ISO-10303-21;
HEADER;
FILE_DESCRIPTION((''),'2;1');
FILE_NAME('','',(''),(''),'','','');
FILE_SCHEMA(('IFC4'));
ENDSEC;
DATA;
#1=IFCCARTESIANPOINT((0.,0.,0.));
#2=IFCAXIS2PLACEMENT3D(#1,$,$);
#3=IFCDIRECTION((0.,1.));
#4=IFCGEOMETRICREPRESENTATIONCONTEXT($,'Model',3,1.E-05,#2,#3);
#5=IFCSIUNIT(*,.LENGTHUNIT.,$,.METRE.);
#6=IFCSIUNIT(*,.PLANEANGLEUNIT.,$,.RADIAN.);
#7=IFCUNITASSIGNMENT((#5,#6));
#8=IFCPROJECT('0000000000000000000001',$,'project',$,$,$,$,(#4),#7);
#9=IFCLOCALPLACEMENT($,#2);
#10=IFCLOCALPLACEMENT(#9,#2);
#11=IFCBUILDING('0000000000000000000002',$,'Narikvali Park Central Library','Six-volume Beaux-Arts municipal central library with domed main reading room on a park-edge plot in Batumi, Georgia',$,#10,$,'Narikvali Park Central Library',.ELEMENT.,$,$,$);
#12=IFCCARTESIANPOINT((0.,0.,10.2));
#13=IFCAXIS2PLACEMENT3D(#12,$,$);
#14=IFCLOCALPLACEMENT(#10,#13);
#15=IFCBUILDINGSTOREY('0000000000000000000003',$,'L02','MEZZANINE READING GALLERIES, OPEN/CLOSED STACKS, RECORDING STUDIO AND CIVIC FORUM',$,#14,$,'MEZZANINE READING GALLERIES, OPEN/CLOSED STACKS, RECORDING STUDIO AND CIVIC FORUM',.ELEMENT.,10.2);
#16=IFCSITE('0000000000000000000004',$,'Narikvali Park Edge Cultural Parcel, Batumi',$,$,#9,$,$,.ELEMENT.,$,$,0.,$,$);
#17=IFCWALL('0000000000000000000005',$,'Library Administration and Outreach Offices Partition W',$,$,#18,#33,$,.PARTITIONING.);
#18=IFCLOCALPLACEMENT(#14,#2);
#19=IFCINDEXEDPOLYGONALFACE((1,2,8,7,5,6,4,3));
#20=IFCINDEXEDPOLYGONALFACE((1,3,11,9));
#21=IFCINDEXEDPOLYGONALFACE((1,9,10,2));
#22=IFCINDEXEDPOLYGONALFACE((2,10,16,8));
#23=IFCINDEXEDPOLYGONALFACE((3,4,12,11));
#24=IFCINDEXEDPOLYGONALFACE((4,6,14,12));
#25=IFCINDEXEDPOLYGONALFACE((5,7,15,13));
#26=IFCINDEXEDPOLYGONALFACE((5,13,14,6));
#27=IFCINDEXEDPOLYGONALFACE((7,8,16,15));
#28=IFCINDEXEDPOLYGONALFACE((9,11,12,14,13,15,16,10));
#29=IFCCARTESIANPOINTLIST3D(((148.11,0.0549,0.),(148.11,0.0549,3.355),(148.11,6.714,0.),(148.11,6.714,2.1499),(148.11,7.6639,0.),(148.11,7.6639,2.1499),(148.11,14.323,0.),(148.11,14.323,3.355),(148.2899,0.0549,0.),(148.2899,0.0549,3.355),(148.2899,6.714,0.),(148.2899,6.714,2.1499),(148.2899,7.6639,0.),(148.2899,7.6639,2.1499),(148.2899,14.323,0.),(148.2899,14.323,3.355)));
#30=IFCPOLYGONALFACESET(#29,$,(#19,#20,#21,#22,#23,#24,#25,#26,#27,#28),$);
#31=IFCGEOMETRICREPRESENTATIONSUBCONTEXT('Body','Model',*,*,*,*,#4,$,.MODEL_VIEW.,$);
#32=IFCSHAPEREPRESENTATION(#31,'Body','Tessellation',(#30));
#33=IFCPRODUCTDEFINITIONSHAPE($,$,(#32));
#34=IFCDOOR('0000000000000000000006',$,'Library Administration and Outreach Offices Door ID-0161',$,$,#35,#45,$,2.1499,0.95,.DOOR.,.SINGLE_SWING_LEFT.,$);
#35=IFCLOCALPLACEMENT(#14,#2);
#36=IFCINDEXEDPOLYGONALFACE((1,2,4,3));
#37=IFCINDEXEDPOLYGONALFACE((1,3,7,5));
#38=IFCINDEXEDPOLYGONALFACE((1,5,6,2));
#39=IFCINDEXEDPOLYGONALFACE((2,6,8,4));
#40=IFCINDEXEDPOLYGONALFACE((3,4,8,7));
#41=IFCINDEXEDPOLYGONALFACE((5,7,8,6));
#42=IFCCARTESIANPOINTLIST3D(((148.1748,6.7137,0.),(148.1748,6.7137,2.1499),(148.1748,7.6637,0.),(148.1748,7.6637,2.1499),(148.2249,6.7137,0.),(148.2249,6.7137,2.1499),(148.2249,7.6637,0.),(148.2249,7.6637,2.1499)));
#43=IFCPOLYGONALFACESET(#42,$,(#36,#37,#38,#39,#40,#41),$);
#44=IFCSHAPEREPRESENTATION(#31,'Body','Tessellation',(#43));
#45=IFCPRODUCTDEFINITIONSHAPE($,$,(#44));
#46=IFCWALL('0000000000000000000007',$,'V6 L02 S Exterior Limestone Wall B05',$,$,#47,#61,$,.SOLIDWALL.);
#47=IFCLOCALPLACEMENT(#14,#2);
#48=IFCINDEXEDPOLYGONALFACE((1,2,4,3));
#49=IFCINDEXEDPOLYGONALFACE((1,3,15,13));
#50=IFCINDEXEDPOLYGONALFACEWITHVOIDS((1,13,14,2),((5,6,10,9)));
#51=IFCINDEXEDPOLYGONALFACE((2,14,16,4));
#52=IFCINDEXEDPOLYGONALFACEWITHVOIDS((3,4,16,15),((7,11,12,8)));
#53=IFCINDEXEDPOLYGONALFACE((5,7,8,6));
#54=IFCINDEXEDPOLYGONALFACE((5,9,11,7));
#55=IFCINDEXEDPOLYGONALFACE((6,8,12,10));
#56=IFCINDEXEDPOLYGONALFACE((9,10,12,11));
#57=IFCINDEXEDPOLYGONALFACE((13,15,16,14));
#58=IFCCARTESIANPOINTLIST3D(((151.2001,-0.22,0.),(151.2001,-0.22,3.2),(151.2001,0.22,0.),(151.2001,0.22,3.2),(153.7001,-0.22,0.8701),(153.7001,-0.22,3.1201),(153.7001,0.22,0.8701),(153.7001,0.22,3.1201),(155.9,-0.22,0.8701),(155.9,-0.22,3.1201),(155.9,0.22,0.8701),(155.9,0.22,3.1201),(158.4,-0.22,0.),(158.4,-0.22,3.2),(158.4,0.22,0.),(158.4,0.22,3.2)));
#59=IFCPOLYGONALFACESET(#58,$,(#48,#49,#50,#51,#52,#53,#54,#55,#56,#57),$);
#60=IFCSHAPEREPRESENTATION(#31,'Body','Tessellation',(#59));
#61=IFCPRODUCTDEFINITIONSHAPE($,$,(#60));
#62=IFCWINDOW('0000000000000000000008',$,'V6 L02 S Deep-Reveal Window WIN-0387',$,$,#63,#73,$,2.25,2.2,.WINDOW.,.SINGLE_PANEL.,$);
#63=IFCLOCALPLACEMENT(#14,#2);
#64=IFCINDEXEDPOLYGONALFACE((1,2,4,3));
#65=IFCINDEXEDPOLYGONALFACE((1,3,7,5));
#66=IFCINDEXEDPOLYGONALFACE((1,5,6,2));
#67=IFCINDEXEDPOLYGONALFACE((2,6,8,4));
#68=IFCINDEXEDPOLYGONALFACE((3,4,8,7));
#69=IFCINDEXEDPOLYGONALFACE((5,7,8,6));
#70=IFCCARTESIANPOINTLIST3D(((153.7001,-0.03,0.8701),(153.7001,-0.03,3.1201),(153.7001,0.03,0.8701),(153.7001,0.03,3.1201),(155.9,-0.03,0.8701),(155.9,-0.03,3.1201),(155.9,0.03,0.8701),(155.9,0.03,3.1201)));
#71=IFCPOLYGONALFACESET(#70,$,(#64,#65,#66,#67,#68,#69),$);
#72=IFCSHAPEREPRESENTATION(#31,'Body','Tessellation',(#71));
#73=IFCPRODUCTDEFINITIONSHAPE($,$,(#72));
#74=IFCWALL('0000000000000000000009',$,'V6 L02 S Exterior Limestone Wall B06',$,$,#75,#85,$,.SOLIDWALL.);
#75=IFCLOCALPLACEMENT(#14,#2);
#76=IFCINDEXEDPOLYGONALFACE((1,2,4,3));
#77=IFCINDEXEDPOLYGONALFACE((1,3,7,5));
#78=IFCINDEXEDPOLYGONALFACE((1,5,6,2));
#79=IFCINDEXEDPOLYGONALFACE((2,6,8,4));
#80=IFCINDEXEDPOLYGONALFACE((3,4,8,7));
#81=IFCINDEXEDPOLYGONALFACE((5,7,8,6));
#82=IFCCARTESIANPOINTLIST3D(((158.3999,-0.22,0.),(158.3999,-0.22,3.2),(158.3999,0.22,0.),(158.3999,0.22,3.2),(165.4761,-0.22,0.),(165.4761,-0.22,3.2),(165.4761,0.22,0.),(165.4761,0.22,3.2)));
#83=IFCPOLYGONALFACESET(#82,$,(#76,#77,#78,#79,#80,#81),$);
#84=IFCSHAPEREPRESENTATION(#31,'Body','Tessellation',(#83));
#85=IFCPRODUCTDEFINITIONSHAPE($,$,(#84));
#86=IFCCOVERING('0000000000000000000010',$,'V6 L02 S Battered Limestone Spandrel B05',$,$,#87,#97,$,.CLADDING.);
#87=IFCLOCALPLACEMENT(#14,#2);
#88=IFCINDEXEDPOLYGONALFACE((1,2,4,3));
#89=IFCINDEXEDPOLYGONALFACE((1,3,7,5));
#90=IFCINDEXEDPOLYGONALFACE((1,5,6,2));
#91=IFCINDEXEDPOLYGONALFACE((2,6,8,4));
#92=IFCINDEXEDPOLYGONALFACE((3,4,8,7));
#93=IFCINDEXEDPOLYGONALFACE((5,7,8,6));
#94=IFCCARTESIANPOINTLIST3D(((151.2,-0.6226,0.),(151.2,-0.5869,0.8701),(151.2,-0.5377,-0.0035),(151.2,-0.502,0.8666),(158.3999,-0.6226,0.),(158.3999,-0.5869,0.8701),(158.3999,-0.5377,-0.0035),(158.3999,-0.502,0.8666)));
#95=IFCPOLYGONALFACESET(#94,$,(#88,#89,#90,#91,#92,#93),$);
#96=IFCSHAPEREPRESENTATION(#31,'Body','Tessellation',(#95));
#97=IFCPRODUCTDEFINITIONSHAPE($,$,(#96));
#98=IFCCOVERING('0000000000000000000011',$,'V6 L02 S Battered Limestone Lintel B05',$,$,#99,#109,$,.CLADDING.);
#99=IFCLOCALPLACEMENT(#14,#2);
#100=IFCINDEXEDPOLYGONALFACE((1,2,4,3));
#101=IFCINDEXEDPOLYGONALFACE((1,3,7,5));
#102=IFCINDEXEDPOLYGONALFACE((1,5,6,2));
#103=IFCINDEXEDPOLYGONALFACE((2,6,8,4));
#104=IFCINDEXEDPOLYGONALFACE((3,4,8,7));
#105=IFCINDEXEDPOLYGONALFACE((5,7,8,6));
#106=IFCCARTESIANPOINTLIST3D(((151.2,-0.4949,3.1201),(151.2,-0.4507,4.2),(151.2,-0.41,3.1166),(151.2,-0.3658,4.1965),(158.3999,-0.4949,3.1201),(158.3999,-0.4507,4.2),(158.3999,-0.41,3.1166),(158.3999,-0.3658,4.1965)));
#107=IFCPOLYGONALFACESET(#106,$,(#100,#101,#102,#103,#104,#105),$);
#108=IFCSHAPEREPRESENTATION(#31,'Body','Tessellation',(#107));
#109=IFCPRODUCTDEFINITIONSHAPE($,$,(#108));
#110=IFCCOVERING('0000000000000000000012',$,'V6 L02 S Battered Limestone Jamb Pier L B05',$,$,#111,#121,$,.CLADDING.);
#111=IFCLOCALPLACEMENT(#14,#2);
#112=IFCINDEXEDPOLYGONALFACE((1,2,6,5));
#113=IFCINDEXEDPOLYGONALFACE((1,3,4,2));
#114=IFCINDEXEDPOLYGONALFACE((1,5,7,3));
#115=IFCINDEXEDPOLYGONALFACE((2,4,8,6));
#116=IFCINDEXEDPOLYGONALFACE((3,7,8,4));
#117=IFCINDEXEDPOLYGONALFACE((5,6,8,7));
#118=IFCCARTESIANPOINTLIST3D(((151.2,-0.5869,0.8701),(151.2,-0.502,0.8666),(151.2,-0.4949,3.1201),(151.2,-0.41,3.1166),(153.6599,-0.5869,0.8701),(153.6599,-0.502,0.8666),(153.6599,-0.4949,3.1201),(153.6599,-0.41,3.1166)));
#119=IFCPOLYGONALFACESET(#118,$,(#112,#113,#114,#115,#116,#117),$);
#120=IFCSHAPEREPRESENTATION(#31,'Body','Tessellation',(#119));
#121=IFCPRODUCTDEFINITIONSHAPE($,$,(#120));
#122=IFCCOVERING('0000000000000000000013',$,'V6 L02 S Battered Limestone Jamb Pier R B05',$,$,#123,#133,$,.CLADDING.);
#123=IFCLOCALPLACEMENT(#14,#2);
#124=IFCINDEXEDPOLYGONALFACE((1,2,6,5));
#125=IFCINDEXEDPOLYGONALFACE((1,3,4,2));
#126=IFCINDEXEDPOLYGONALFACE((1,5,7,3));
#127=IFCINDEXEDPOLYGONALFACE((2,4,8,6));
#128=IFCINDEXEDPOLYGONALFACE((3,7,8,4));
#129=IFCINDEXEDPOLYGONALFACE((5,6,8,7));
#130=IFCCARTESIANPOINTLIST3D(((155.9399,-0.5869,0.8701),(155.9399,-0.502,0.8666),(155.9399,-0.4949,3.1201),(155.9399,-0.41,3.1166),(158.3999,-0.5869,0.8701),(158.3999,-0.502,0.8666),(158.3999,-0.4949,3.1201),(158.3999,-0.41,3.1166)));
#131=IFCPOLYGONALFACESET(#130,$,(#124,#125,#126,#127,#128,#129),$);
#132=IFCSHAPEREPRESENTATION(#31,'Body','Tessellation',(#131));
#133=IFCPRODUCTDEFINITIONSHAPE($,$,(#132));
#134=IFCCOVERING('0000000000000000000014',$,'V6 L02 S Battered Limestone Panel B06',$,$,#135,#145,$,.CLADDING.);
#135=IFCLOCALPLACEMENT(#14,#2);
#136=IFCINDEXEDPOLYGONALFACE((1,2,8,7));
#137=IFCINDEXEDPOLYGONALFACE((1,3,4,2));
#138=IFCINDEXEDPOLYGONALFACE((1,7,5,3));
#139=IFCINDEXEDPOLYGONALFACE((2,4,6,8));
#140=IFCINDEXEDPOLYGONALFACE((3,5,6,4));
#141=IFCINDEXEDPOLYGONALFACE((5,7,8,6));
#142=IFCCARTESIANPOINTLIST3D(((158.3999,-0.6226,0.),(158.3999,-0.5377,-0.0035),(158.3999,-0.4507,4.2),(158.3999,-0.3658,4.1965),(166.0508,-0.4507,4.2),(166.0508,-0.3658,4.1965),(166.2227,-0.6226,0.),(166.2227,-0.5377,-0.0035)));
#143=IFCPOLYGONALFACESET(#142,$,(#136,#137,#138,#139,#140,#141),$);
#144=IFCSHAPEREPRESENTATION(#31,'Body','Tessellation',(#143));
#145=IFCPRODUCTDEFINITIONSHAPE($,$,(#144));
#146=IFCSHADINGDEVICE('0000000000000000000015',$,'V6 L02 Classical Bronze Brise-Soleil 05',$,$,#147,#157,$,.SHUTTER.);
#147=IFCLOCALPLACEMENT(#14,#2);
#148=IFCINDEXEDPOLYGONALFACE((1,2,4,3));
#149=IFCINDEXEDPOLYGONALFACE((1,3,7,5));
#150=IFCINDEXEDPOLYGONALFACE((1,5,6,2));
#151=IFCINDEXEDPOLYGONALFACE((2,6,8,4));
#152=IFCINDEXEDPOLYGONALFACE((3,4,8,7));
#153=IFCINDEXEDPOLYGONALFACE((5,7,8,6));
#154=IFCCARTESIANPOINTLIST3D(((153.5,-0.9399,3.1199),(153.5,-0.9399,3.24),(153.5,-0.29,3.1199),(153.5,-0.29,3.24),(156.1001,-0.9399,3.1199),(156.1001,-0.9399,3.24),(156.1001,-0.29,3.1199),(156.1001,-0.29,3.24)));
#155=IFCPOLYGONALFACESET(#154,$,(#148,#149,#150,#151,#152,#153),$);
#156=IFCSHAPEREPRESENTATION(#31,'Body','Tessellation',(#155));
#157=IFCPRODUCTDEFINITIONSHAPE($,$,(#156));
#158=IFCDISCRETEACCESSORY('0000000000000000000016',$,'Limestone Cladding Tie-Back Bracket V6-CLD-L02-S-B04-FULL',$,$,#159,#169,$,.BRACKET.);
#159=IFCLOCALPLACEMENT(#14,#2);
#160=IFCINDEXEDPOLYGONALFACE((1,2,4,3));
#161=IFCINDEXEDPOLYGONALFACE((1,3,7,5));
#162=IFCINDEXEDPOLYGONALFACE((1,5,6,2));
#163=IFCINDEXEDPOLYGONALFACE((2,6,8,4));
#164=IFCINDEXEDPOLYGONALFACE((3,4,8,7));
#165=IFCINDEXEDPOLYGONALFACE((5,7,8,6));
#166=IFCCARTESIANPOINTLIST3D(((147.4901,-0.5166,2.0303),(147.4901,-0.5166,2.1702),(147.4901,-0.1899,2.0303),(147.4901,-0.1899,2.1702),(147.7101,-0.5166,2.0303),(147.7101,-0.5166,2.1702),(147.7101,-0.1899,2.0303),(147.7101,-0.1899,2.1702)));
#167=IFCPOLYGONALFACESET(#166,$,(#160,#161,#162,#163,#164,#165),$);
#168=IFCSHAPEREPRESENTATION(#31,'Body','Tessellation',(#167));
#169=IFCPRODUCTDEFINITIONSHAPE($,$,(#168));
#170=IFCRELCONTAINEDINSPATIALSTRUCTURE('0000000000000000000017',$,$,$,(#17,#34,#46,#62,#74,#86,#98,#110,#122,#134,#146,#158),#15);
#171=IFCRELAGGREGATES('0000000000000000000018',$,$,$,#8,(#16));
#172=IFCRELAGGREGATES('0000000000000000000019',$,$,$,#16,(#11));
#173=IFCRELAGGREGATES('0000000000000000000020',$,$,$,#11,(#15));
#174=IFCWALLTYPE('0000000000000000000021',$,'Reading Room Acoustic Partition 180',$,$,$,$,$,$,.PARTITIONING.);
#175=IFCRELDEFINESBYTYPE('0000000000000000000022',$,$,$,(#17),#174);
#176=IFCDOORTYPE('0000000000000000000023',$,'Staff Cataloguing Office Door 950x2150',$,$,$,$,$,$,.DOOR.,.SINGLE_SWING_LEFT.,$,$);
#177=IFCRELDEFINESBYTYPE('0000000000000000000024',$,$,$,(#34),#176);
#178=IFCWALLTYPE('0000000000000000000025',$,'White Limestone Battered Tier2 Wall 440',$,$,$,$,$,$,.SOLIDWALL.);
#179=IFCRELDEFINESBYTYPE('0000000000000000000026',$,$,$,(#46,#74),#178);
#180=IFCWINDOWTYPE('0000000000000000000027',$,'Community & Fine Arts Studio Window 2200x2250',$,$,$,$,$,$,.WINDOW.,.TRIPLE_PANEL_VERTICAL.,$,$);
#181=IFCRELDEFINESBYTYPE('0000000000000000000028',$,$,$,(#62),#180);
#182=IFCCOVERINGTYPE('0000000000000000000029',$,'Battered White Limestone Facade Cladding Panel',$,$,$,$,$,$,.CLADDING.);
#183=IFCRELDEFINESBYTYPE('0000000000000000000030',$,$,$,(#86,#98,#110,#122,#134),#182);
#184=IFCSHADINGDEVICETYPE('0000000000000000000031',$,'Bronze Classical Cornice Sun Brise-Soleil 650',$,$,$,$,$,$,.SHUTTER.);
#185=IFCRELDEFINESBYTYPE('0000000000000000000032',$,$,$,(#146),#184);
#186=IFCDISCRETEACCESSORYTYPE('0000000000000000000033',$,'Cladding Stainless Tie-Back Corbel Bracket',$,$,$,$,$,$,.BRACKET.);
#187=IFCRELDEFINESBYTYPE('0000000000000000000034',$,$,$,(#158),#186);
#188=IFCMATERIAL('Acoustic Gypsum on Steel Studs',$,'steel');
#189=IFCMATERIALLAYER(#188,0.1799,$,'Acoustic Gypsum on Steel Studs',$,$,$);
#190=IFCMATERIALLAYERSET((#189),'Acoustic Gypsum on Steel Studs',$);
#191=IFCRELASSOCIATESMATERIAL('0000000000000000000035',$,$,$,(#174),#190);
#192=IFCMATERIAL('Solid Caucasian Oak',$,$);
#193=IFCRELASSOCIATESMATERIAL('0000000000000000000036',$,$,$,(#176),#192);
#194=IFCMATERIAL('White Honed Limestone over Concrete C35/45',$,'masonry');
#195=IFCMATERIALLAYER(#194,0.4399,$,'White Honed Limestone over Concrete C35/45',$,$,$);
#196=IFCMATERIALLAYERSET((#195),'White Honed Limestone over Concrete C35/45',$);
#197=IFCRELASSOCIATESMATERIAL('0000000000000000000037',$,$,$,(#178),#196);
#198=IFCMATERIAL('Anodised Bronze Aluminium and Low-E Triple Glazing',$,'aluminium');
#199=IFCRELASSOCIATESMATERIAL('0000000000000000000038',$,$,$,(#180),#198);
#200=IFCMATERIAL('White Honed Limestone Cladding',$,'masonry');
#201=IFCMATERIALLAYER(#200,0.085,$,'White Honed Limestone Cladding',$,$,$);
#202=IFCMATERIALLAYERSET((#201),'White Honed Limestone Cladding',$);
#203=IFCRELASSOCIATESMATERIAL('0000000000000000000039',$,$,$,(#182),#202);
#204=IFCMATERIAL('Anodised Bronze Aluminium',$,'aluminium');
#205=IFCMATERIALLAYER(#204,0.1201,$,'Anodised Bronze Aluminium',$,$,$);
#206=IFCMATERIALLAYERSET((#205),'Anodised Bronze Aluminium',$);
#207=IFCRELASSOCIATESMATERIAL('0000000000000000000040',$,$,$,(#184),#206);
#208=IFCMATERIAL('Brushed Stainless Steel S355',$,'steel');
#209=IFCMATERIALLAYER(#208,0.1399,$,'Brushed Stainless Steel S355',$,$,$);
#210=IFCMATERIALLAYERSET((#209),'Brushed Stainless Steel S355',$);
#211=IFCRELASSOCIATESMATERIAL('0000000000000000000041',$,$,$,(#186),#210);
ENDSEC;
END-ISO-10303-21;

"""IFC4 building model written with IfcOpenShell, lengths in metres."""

from ifc_helpers import new_model, si_unit, direction, frame, frame_2d, origin, origin_2d, place, context, subcontext, project, spatial, polyline, rectangle, outline, extrude, material, layer, layer_set, type_object, element, fill, save


model = new_model("IFC4")

# Units and contexts
model_context = context("Model", 3, precision=1e-05, world=origin(), true_north=direction((0.0, 1.0)))
body_context = subcontext(model_context, "Body", "Model", "MODEL_VIEW")
ifc_project = project(units=[si_unit("LENGTHUNIT", "METRE"), si_unit("PLANEANGLEUNIT", "RADIAN")], contexts=[model_context])

# Site, building, storey
site_placement = place(None, origin())
site = spatial("IfcSite", under=ifc_project, at=site_placement, Name="Narikvali Park Edge Cultural Parcel, Batumi", CompositionType="ELEMENT", RefElevation=0.0)
building_placement = place(site_placement, origin())
building = spatial("IfcBuilding", under=site, at=building_placement, Name="Narikvali Park Central Library", Description="Six-volume Beaux-Arts municipal central library with domed main reading room on a park-edge plot in Batumi, Georgia", LongName="Narikvali Park Central Library", CompositionType="ELEMENT")
storey_placement = place(building_placement, frame((0.0, 0.0, 10.2)))
storey = spatial("IfcBuildingStorey", under=building, at=storey_placement, Name="L02", Description="MEZZANINE READING GALLERIES, OPEN/CLOSED STACKS, RECORDING STUDIO AND CIVIC FORUM", LongName="MEZZANINE READING GALLERIES, OPEN/CLOSED STACKS, RECORDING STUDIO AND CIVIC FORUM", CompositionType="ELEMENT", Elevation=10.2)

# Wall, opening, door
ifc_material_1 = material(Name="Acoustic Gypsum on Steel Studs", Category="steel")
ifc_layer_1 = layer(ifc_material_1, 0.1799, Name="Acoustic Gypsum on Steel Studs")
ifc_layer_set_1 = layer_set([ifc_layer_1], Name="Acoustic Gypsum on Steel Studs")
wall_type_1 = type_object("IfcWallType", Name="Reading Room Acoustic Partition 180", PredefinedType="PARTITIONING", material=ifc_layer_set_1)
wall_1_placement = place(storey_placement, frame((148.2, 0.0549, 0.0), z_axis=(0.0, 0.0, 1.0), x_axis=(0.0, 1.0, 0.0)))
wall_1 = element("IfcWall", 1, at=wall_1_placement, inside=storey, type_object=wall_type_1, Name="Library Administration and Outreach Offices Partition W", PredefinedType="PARTITIONING", context=body_context, shape_type="SweptSolid", body=[
    extrude(rectangle(XDim=14.2681, YDim=0.1799, at=frame_2d((7.134, 0.0))), origin(), (0.0, 0.0, 1.0), 3.355),
])
opening_1_placement = place(wall_1_placement, frame((6.6589, 0.0, 0.0)))
opening_1 = element("IfcOpeningElement", 2, at=opening_1_placement, cuts=wall_1, PredefinedType="OPENING", context=body_context, shape_type="SweptSolid", body=[
    extrude(rectangle(XDim=0.95, YDim=2.1499, at=frame_2d((0.4751, 1.075))), frame((0.0, 0.1021, 0.0), z_axis=(0.0, -1.0, 0.0), x_axis=(1.0, 0.0, 0.0)), (0.0, 0.0, 1.0), 0.2039),
])
ifc_material_2 = material(Name="Solid Caucasian Oak")
door_type = type_object("IfcDoorType", Name="Staff Cataloguing Office Door 950x2150", OperationType="SINGLE_SWING_LEFT", PredefinedType="DOOR", material=ifc_material_2)
door_placement = place(opening_1_placement, frame((0.95, 0.0, 0.0), z_axis=(0.0, 0.0, 1.0), x_axis=(-1.0, 0.0, 0.0)))
door = element("IfcDoor", 3, at=door_placement, inside=storey, type_object=door_type, Name="Library Administration and Outreach Offices Door ID-0161", OperationType="SINGLE_SWING_LEFT", OverallHeight=2.1499, OverallWidth=0.95, PredefinedType="DOOR", context=body_context, shape_type="SweptSolid", body=[
    extrude(rectangle(XDim=0.95, YDim=2.1499, at=frame_2d((0.4751, 1.075))), frame((0.0, 0.0249, 0.0), z_axis=(0.0, -1.0, 0.0), x_axis=(1.0, 0.0, 0.0)), (0.0, 0.0, 1.0), 0.05),
])
fill(opening_1, door)

# Wall, opening, window
ifc_material_3 = material(Name="White Honed Limestone over Concrete C35/45", Category="masonry")
ifc_layer_2 = layer(ifc_material_3, 0.4399, Name="White Honed Limestone over Concrete C35/45")
ifc_layer_set_2 = layer_set([ifc_layer_2], Name="White Honed Limestone over Concrete C35/45")
wall_type_2 = type_object("IfcWallType", Name="White Limestone Battered Tier2 Wall 440", PredefinedType="SOLIDWALL", material=ifc_layer_set_2)
wall_2_placement = place(storey_placement, frame((151.2, 0.0, 0.0), z_axis=(0.0, 0.0, 1.0), x_axis=(1.0, 0.0, 0.0)))
wall_2 = element("IfcWall", 4, at=wall_2_placement, inside=storey, type_object=wall_type_2, Name="V6 L02 S Exterior Limestone Wall B05", PredefinedType="SOLIDWALL", context=body_context, shape_type="SweptSolid", body=[
    extrude(rectangle(XDim=7.2, YDim=0.4399, at=frame_2d((3.6001, 0.0))), origin(), (0.0, 0.0, 1.0), 3.2),
])
opening_2_placement = place(wall_2_placement, frame((2.5, 0.0, 0.8701)))
opening_2 = element("IfcOpeningElement", 5, at=opening_2_placement, cuts=wall_2, PredefinedType="OPENING", context=body_context, shape_type="SweptSolid", body=[
    extrude(rectangle(XDim=2.2, YDim=2.25, at=frame_2d((1.1001, 1.125))), frame((0.0, 0.2319, 0.0), z_axis=(0.0, -1.0, 0.0), x_axis=(1.0, 0.0, 0.0)), (0.0, 0.0, 1.0), 0.4639),
])
ifc_material_4 = material(Name="Anodised Bronze Aluminium and Low-E Triple Glazing", Category="aluminium")
window_type = type_object("IfcWindowType", Name="Community & Fine Arts Studio Window 2200x2250", PartitioningType="TRIPLE_PANEL_VERTICAL", PredefinedType="WINDOW", material=ifc_material_4)
window_placement = place(opening_2_placement, origin())
window = element("IfcWindow", 6, at=window_placement, inside=storey, type_object=window_type, Name="V6 L02 S Deep-Reveal Window WIN-0387", OverallHeight=2.25, OverallWidth=2.2, PartitioningType="SINGLE_PANEL", PredefinedType="WINDOW", context=body_context, shape_type="SweptSolid", body=[
    extrude(rectangle(XDim=2.2, YDim=2.25, at=frame_2d((1.1001, 1.125))), frame((0.0, 0.03, 0.0), z_axis=(0.0, -1.0, 0.0), x_axis=(1.0, 0.0, 0.0)), (0.0, 0.0, 1.0), 0.0601),
])
fill(opening_2, window)

# Wall
wall_3_placement = place(storey_placement, frame((158.3999, 0.0, 0.0), z_axis=(0.0, 0.0, 1.0), x_axis=(1.0, 0.0, 0.0)))
element("IfcWall", 7, at=wall_3_placement, inside=storey, type_object=wall_type_2, Name="V6 L02 S Exterior Limestone Wall B06", PredefinedType="SOLIDWALL", context=body_context, shape_type="SweptSolid", body=[
    extrude(rectangle(XDim=7.0762, YDim=0.4399, at=frame_2d((3.5381, 0.0))), origin(), (0.0, 0.0, 1.0), 3.2),
])

# Coverings
ifc_material_5 = material(Name="White Honed Limestone Cladding", Category="masonry")
ifc_layer_3 = layer(ifc_material_5, 0.085, Name="White Honed Limestone Cladding")
ifc_layer_set_3 = layer_set([ifc_layer_3], Name="White Honed Limestone Cladding")
covering_type = type_object("IfcCoveringType", Name="Battered White Limestone Facade Cladding Panel", PredefinedType="CLADDING", material=ifc_layer_set_3)
covering_1_placement = place(storey_placement, frame((151.2, -0.6226, 0.0), z_axis=(0.0, -0.999162, 0.040931), x_axis=(1.0, 0.0, 0.0)))
element("IfcCovering", 8, at=covering_1_placement, inside=storey, type_object=covering_type, Name="V6 L02 S Battered Limestone Spandrel B05", PredefinedType="CLADDING", context=body_context, shape_type="SweptSolid", body=[
    extrude(outline(polyline([(0.0, 0.0), (7.2, 0.0), (7.2, 0.8708), (0.0, 0.8708), (0.0, 0.0)])), origin(), (0.0, 0.0, -1.0), 0.085),
])
covering_2_placement = place(storey_placement, frame((151.2, -0.4949, 3.1201), z_axis=(0.0, -0.999164, 0.040888), x_axis=(1.0, 0.0, 0.0)))
element("IfcCovering", 9, at=covering_2_placement, inside=storey, type_object=covering_type, Name="V6 L02 S Battered Limestone Lintel B05", PredefinedType="CLADDING", context=body_context, shape_type="SweptSolid", body=[
    extrude(outline(polyline([(0.0, 0.0), (7.2, 0.0), (7.2, 1.0807), (0.0, 1.0807), (0.0, 0.0)])), origin(), (0.0, 0.0, -1.0), 0.085),
])
for number, where, z_axis, x_axis, name in (
    (10, (151.2, -0.5869, 0.8701), (0.0, -0.999164, 0.040873), (1.0, 0.0, 0.0), "V6 L02 S Battered Limestone Jamb Pier L B05"),
    (11, (155.9399, -0.5869, 0.8701), (0.0, -0.999164, 0.040873), (1.0, 0.0, 0.0), "V6 L02 S Battered Limestone Jamb Pier R B05"),
):
    element("IfcCovering", number, at=place(storey_placement, frame(where, z_axis=z_axis, x_axis=x_axis)), inside=storey, type_object=covering_type, Name=name, PredefinedType="CLADDING", context=body_context, shape_type="SweptSolid", body=[
        extrude(outline(polyline([(0.0, 0.0), (2.46, 0.0), (2.46, 2.2519), (0.0, 2.2519), (0.0, 0.0)])), origin(), (0.0, 0.0, -1.0), 0.085),
    ])
covering_3_placement = place(storey_placement, frame((158.3999, -0.6226, 0.0), z_axis=(0.0, -0.999164, 0.040889), x_axis=(1.0, 0.0, 0.0)))
element("IfcCovering", 12, at=covering_3_placement, inside=storey, type_object=covering_type, Name="V6 L02 S Battered Limestone Panel B06", PredefinedType="CLADDING", context=body_context, shape_type="SweptSolid", body=[
    extrude(outline(polyline([(0.0, 0.0), (7.8228, 0.0), (7.6509, 4.2035), (0.0, 4.2035), (0.0, 0.0)])), origin(), (0.0, 0.0, -1.0), 0.085),
])

# Shading device
ifc_material_6 = material(Name="Anodised Bronze Aluminium", Category="aluminium")
ifc_layer_4 = layer(ifc_material_6, 0.1201, Name="Anodised Bronze Aluminium")
ifc_layer_set_4 = layer_set([ifc_layer_4], Name="Anodised Bronze Aluminium")
shading_device_type = type_object("IfcShadingDeviceType", Name="Bronze Classical Cornice Sun Brise-Soleil 650", PredefinedType="SHUTTER", material=ifc_layer_set_4)
shading_device_placement = place(storey_placement, frame((154.8, -0.615, 3.1199), z_axis=(0.0, 0.0, 1.0), x_axis=(1.0, 0.0, 0.0)))
element("IfcShadingDevice", 13, at=shading_device_placement, inside=storey, type_object=shading_device_type, Name="V6 L02 Classical Bronze Brise-Soleil 05", PredefinedType="SHUTTER", context=body_context, shape_type="SweptSolid", body=[
    extrude(rectangle(XDim=2.6001, YDim=0.6499, at=origin_2d()), origin(), (0.0, 0.0, 1.0), 0.1201),
])

# Discrete accessory
ifc_material_7 = material(Name="Brushed Stainless Steel S355", Category="steel")
ifc_layer_5 = layer(ifc_material_7, 0.1399, Name="Brushed Stainless Steel S355")
ifc_layer_set_5 = layer_set([ifc_layer_5], Name="Brushed Stainless Steel S355")
discrete_accessory_type = type_object("IfcDiscreteAccessoryType", Name="Cladding Stainless Tie-Back Corbel Bracket", PredefinedType="BRACKET", material=ifc_layer_set_5)
discrete_accessory_1_placement = place(storey_placement, frame((147.6001, -0.3533, 2.0303), z_axis=(0.0, 0.0, 1.0), x_axis=(1.0, 0.0, 0.0)))
element("IfcDiscreteAccessory", 14, at=discrete_accessory_1_placement, inside=storey, type_object=discrete_accessory_type, Name="Limestone Cladding Tie-Back Bracket V6-CLD-L02-S-B04-FULL", PredefinedType="BRACKET", context=body_context, shape_type="SweptSolid", body=[
    extrude(rectangle(XDim=0.22, YDim=0.3267, at=origin_2d()), origin(), (0.0, 0.0, 1.0), 0.1399),
])

save(model, "model.ifc")
